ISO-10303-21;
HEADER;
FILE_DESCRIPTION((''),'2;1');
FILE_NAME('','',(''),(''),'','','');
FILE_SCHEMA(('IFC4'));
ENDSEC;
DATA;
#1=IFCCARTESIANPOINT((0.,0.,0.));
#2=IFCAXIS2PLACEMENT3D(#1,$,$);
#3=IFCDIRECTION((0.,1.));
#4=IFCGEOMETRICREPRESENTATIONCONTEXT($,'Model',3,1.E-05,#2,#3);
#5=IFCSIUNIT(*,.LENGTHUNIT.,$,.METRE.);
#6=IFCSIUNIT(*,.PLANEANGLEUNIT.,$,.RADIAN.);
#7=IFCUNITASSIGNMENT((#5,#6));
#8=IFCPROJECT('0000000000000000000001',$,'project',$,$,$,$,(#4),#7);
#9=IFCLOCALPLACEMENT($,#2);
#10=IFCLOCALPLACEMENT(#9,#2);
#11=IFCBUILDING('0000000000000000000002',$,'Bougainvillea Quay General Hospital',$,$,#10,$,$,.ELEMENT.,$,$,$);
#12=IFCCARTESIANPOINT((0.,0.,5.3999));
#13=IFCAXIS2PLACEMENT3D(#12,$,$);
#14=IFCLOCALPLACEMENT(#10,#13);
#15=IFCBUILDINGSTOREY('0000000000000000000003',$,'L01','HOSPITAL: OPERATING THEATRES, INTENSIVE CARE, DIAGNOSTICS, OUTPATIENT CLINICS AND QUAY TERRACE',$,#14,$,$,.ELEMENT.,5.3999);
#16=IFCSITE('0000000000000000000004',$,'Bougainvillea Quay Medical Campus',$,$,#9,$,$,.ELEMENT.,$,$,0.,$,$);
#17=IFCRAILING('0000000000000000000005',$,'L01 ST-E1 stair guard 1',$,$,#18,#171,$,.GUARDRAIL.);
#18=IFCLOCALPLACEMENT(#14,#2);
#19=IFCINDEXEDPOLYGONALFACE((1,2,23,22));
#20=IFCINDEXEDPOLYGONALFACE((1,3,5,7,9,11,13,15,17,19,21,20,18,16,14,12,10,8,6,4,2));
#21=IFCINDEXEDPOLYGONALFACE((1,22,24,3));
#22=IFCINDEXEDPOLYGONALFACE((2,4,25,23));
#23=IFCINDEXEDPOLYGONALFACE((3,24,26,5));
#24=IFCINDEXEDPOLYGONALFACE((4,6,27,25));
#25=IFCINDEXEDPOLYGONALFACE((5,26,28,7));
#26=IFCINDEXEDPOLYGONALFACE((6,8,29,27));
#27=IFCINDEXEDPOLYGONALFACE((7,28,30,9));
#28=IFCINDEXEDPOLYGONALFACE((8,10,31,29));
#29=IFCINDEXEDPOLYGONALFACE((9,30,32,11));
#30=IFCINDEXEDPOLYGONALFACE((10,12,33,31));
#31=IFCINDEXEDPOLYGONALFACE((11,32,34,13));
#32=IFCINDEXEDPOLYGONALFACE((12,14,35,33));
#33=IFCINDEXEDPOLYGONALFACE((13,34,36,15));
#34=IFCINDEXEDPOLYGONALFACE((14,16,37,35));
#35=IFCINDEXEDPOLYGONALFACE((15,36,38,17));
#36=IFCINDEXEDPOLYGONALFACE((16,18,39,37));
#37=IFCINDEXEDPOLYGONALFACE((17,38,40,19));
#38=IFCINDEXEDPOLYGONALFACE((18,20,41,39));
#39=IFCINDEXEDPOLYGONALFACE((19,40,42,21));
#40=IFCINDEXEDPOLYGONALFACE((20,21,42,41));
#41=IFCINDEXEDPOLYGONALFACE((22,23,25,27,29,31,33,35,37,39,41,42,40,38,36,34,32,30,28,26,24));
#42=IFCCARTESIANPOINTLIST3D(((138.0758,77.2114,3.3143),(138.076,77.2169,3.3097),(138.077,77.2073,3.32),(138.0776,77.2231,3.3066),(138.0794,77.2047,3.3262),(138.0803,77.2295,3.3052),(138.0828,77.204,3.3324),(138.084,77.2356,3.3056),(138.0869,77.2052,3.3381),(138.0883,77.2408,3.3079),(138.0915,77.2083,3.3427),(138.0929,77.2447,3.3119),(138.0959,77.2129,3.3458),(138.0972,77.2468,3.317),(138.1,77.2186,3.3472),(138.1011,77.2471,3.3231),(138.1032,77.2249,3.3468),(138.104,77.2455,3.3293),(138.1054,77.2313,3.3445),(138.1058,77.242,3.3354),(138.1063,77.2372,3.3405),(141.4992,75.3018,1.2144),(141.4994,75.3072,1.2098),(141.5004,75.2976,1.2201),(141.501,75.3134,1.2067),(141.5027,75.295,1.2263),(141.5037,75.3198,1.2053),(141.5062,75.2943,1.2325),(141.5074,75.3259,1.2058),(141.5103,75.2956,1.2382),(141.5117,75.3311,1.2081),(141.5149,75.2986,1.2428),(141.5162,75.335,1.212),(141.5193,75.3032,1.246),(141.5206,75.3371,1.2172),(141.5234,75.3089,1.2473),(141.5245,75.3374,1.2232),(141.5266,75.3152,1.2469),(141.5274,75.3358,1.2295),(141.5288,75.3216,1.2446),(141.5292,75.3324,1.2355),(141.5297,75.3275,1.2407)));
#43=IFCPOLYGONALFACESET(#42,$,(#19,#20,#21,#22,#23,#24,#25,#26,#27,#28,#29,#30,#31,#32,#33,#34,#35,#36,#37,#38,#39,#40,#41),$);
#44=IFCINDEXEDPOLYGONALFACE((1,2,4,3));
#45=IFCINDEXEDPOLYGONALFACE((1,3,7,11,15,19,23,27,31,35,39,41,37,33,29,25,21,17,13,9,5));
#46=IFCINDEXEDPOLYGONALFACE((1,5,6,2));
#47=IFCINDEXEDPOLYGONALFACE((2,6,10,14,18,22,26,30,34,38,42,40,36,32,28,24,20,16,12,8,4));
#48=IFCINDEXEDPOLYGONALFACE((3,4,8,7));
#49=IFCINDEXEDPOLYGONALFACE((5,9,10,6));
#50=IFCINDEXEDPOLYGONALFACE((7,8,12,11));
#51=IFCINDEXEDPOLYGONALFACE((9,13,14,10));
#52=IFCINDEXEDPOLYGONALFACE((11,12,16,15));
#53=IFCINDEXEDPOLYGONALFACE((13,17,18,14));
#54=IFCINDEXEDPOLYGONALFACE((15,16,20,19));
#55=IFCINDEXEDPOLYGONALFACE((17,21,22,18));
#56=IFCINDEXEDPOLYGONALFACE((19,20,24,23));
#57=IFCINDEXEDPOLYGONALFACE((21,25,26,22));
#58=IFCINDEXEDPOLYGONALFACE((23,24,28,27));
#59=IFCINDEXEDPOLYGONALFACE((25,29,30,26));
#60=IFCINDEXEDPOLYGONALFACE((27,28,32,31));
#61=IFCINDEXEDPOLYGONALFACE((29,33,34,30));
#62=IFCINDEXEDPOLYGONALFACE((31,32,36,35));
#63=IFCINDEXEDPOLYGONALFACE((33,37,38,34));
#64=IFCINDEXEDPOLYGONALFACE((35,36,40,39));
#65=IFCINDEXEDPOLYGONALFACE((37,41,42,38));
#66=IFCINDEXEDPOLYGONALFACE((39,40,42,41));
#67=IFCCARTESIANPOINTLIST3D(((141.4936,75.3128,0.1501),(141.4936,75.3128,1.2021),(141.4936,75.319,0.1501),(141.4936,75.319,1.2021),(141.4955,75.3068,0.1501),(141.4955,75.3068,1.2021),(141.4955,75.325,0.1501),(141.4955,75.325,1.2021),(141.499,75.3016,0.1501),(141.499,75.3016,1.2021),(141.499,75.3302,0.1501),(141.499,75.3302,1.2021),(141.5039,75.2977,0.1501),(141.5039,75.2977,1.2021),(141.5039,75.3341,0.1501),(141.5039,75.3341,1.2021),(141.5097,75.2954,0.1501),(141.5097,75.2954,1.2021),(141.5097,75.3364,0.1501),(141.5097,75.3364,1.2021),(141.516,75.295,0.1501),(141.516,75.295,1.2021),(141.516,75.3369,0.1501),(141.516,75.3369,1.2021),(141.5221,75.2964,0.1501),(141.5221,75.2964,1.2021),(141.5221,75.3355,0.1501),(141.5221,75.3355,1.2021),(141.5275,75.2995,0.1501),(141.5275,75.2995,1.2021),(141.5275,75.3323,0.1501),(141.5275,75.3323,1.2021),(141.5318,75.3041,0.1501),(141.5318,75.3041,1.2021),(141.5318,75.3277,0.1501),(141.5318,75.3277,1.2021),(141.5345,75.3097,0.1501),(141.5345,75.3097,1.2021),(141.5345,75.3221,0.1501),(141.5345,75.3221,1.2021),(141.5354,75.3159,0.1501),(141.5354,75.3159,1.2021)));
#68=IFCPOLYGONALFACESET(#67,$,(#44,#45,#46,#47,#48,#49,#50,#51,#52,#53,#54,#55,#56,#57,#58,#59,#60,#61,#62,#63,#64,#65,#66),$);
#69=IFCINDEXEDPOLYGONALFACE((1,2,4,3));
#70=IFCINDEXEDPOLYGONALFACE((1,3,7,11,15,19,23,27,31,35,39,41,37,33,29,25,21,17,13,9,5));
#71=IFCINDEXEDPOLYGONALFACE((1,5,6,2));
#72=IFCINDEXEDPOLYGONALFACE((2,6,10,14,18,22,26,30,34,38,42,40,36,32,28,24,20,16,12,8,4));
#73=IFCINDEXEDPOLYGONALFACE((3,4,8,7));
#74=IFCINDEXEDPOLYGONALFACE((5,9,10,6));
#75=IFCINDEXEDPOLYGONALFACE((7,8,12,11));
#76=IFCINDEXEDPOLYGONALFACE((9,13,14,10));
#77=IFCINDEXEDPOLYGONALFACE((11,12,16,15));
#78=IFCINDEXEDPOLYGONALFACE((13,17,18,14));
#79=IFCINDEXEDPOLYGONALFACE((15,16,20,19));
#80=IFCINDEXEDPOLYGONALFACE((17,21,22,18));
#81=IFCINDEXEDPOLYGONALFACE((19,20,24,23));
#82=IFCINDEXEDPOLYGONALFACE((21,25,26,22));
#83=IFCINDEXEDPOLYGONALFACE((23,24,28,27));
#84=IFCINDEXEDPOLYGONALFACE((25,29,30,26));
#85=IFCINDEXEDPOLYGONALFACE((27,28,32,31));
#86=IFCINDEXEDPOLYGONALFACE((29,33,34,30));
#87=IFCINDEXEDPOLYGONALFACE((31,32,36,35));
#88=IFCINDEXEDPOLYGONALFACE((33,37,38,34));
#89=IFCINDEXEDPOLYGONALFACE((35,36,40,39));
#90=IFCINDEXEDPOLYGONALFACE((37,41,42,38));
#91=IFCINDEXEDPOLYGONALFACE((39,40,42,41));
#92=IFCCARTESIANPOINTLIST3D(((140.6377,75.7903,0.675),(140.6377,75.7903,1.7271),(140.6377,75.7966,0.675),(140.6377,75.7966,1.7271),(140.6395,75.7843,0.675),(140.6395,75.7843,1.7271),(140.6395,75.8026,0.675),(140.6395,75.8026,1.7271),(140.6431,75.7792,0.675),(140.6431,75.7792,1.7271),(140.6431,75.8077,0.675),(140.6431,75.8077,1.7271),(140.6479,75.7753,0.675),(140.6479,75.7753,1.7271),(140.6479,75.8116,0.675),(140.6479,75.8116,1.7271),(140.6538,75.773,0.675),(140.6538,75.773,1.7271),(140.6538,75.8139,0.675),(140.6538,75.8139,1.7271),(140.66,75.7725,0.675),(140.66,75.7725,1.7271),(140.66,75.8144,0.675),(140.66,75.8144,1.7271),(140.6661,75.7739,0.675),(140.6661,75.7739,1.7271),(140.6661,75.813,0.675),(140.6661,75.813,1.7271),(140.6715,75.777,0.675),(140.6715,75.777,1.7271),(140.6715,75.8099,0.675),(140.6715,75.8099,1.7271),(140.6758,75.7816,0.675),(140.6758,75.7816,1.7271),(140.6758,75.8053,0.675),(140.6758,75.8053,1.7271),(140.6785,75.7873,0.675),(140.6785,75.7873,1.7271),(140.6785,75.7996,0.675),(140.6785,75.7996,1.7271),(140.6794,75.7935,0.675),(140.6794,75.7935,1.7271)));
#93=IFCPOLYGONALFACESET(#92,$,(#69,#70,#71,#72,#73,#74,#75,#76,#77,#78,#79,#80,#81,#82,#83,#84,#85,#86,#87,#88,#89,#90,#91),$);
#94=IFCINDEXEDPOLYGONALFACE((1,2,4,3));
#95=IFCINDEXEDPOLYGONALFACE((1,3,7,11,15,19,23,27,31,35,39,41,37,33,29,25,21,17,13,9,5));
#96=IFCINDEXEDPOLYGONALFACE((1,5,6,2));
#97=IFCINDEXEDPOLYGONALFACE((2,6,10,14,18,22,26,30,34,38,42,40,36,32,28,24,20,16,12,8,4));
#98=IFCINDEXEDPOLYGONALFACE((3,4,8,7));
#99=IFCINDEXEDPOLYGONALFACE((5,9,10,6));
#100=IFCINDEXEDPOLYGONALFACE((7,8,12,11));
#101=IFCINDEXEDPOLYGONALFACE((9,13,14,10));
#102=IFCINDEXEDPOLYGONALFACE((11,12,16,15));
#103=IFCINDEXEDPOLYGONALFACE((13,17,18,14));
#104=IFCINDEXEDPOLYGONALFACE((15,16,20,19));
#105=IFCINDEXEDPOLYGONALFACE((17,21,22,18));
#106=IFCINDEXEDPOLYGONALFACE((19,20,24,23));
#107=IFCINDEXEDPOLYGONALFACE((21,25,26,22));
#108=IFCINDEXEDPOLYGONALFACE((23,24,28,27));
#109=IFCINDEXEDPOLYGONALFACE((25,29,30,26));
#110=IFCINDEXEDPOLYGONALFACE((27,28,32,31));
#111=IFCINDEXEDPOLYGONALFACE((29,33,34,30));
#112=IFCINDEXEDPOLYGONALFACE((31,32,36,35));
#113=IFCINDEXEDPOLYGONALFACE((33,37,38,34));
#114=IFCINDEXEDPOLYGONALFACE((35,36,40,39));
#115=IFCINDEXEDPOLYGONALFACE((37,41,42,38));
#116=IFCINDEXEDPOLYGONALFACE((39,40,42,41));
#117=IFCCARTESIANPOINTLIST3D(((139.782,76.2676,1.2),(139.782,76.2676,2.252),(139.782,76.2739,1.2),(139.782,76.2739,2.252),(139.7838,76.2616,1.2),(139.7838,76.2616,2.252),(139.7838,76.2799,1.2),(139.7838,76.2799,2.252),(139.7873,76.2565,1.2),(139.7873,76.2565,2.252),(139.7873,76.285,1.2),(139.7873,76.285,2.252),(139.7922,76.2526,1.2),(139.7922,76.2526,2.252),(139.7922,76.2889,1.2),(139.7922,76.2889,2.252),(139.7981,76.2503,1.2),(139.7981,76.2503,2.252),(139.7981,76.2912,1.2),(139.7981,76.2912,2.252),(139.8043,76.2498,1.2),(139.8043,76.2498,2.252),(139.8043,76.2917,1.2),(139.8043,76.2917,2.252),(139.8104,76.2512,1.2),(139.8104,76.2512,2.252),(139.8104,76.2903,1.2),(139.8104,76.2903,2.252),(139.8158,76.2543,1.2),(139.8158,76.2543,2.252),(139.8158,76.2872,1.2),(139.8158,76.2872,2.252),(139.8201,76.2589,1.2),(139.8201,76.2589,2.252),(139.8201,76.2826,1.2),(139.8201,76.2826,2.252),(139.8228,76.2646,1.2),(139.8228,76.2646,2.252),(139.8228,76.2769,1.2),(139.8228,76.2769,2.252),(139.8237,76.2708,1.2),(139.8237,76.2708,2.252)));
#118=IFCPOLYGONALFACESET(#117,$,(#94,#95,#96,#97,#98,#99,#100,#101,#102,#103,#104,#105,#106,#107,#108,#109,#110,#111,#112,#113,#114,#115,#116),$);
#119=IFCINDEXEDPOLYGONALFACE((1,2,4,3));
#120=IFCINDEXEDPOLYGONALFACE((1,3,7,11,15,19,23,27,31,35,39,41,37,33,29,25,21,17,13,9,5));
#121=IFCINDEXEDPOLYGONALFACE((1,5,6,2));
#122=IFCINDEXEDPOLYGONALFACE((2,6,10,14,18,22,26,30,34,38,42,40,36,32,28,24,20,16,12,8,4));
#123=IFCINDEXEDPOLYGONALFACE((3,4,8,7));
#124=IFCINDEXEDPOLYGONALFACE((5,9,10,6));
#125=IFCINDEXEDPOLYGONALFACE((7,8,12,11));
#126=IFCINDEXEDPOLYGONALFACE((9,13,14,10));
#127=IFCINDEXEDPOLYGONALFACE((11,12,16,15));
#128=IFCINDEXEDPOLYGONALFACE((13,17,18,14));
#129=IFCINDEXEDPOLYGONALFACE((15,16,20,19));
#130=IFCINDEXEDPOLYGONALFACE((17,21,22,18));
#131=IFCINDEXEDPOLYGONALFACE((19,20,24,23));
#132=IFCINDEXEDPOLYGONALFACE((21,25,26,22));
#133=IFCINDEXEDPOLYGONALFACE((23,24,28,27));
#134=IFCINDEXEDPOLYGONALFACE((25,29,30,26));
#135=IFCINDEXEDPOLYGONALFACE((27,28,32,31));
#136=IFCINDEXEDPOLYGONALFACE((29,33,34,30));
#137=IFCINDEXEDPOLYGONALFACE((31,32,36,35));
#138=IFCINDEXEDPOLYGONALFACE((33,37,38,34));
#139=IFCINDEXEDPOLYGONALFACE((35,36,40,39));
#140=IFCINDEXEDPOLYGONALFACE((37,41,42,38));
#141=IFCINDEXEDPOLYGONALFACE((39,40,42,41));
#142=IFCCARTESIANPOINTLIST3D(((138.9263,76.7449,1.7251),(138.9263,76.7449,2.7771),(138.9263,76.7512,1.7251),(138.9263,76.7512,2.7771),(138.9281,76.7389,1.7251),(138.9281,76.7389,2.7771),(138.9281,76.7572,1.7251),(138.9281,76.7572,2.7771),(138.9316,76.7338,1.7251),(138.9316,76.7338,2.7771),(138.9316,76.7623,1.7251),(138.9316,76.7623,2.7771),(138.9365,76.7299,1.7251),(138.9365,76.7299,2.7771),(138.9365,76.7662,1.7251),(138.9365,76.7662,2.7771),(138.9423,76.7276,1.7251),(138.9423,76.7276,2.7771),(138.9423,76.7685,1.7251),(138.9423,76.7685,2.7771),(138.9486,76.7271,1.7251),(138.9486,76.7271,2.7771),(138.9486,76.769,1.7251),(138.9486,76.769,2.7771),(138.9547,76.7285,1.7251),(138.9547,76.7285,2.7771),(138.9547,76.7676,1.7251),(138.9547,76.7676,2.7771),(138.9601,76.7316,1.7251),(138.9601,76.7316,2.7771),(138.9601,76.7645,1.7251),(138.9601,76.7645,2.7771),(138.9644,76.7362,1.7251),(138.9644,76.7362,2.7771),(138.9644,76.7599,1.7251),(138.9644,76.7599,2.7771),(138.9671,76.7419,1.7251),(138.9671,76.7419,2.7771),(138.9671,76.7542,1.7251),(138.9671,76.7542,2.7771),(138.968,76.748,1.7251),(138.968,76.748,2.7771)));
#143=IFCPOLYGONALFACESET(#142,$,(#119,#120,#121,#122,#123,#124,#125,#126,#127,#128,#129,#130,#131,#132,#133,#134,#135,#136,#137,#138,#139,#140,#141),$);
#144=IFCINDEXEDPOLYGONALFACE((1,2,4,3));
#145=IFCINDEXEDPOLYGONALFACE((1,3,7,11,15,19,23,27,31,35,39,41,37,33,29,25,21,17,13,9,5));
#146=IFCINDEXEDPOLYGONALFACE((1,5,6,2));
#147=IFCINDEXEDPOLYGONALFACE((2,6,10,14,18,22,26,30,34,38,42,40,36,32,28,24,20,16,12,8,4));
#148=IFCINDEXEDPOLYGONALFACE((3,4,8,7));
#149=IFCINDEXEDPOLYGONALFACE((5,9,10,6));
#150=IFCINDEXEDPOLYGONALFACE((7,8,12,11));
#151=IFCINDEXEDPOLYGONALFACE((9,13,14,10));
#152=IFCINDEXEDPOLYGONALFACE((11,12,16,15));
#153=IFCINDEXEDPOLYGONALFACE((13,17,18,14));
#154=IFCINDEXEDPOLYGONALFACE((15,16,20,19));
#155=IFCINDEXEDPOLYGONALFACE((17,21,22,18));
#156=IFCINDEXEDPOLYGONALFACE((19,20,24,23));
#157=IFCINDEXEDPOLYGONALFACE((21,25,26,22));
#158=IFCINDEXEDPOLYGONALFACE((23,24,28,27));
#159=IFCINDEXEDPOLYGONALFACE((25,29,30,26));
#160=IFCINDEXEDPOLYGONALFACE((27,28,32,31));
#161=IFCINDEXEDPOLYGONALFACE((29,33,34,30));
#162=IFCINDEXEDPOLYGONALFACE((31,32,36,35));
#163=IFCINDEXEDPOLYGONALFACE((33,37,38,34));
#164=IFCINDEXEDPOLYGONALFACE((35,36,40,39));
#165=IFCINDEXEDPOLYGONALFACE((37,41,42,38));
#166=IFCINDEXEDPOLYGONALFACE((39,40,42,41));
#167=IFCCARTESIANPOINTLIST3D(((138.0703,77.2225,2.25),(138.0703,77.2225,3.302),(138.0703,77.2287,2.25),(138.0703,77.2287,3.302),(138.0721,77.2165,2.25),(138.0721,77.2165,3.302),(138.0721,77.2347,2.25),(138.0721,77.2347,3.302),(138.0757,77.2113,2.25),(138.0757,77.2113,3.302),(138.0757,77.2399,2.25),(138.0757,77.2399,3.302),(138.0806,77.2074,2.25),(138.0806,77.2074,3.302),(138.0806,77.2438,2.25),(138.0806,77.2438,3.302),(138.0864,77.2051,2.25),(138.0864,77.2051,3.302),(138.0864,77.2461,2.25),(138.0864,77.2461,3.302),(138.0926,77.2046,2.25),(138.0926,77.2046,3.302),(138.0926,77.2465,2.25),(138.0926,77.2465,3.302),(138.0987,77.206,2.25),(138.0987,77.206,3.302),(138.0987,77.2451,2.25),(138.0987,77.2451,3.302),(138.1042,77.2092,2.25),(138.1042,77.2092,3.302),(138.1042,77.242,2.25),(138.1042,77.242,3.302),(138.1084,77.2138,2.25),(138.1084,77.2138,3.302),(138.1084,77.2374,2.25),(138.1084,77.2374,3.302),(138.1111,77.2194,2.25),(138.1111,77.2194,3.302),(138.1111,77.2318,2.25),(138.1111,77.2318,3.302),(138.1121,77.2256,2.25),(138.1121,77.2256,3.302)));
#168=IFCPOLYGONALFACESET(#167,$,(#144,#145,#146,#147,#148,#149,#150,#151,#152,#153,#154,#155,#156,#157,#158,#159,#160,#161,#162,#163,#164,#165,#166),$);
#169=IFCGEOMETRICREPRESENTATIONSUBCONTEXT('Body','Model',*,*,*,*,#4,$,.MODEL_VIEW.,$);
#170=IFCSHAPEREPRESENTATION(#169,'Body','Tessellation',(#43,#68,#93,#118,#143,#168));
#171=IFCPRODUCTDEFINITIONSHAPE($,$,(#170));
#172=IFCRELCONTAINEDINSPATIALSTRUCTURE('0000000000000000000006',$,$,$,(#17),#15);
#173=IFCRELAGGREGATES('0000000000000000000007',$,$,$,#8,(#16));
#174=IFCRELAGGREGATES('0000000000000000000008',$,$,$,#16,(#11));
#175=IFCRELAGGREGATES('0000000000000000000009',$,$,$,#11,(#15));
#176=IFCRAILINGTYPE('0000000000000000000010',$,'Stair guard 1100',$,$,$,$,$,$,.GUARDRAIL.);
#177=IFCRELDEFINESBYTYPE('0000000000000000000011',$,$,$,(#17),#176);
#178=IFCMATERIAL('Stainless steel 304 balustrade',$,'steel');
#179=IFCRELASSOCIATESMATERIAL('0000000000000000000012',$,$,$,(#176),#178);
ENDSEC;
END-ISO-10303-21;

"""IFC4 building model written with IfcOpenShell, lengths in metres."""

from ifc_helpers import new_model, si_unit, direction, frame, origin, origin_2d, place, context, subcontext, project, spatial, circle, extrude, material, type_object, element, save


model = new_model("IFC4")

# Units and contexts
model_context = context("Model", 3, precision=1e-05, world=origin(), true_north=direction((0.0, 1.0)))
body_context = subcontext(model_context, "Body", "Model", "MODEL_VIEW")
ifc_project = project(units=[si_unit("LENGTHUNIT", "METRE"), si_unit("PLANEANGLEUNIT", "RADIAN")], contexts=[model_context])

# Site, building, storey
site_placement = place(None, origin())
site = spatial("IfcSite", under=ifc_project, at=site_placement, Name="Bougainvillea Quay Medical Campus", CompositionType="ELEMENT", RefElevation=0.0)
building_placement = place(site_placement, origin())
building = spatial("IfcBuilding", under=site, at=building_placement, Name="Bougainvillea Quay General Hospital", CompositionType="ELEMENT")
storey_placement = place(building_placement, frame((0.0, 0.0, 5.3999)))
storey = spatial("IfcBuildingStorey", under=building, at=storey_placement, Name="L01", Description="HOSPITAL: OPERATING THEATRES, INTENSIVE CARE, DIAGNOSTICS, OUTPATIENT CLINICS AND QUAY TERRACE", CompositionType="ELEMENT", Elevation=5.3999)

# Railing
ifc_material_1 = material(Name="Stainless steel 304 balustrade", Category="steel")
railing_type_1 = type_object("IfcRailingType", Name="Stair guard 1100", PredefinedType="GUARDRAIL", material=ifc_material_1)
railing_1_placement = place(storey_placement, frame((141.5144, 75.3159, 0.1501)))
element("IfcRailing", 1, at=railing_1_placement, inside=storey, type_object=railing_type_1, Name="L01 ST-E1 stair guard 1", PredefinedType="GUARDRAIL", context=body_context, shape_type="SweptSolid", body=[
    extrude(circle(Radius=0.0239, at=origin_2d()), frame((0.0, 0.0, 1.0762), z_axis=(-0.769815, 0.429432, 0.4722), x_axis=(-0.487165, -0.87331, 0.0)), (0.0, 0.0, 1.0), 4.447),
    extrude(circle(Radius=0.021, at=origin_2d()), origin(), (0.0, 0.0, 1.0), 1.052),
    extrude(circle(Radius=0.021, at=origin_2d()), frame((-0.856, 0.4775, 0.5249)), (0.0, 0.0, 1.0), 1.052),
    extrude(circle(Radius=0.021, at=origin_2d()), frame((-1.7117, 0.9548, 1.0498)), (0.0, 0.0, 1.0), 1.052),
    extrude(circle(Radius=0.021, at=origin_2d()), frame((-2.5674, 1.4321, 1.575)), (0.0, 0.0, 1.0), 1.052),
    extrude(circle(Radius=0.021, at=origin_2d()), frame((-3.4233, 1.9097, 2.0999)), (0.0, 0.0, 1.0), 1.052),
])

save(model, "model.ifc")
